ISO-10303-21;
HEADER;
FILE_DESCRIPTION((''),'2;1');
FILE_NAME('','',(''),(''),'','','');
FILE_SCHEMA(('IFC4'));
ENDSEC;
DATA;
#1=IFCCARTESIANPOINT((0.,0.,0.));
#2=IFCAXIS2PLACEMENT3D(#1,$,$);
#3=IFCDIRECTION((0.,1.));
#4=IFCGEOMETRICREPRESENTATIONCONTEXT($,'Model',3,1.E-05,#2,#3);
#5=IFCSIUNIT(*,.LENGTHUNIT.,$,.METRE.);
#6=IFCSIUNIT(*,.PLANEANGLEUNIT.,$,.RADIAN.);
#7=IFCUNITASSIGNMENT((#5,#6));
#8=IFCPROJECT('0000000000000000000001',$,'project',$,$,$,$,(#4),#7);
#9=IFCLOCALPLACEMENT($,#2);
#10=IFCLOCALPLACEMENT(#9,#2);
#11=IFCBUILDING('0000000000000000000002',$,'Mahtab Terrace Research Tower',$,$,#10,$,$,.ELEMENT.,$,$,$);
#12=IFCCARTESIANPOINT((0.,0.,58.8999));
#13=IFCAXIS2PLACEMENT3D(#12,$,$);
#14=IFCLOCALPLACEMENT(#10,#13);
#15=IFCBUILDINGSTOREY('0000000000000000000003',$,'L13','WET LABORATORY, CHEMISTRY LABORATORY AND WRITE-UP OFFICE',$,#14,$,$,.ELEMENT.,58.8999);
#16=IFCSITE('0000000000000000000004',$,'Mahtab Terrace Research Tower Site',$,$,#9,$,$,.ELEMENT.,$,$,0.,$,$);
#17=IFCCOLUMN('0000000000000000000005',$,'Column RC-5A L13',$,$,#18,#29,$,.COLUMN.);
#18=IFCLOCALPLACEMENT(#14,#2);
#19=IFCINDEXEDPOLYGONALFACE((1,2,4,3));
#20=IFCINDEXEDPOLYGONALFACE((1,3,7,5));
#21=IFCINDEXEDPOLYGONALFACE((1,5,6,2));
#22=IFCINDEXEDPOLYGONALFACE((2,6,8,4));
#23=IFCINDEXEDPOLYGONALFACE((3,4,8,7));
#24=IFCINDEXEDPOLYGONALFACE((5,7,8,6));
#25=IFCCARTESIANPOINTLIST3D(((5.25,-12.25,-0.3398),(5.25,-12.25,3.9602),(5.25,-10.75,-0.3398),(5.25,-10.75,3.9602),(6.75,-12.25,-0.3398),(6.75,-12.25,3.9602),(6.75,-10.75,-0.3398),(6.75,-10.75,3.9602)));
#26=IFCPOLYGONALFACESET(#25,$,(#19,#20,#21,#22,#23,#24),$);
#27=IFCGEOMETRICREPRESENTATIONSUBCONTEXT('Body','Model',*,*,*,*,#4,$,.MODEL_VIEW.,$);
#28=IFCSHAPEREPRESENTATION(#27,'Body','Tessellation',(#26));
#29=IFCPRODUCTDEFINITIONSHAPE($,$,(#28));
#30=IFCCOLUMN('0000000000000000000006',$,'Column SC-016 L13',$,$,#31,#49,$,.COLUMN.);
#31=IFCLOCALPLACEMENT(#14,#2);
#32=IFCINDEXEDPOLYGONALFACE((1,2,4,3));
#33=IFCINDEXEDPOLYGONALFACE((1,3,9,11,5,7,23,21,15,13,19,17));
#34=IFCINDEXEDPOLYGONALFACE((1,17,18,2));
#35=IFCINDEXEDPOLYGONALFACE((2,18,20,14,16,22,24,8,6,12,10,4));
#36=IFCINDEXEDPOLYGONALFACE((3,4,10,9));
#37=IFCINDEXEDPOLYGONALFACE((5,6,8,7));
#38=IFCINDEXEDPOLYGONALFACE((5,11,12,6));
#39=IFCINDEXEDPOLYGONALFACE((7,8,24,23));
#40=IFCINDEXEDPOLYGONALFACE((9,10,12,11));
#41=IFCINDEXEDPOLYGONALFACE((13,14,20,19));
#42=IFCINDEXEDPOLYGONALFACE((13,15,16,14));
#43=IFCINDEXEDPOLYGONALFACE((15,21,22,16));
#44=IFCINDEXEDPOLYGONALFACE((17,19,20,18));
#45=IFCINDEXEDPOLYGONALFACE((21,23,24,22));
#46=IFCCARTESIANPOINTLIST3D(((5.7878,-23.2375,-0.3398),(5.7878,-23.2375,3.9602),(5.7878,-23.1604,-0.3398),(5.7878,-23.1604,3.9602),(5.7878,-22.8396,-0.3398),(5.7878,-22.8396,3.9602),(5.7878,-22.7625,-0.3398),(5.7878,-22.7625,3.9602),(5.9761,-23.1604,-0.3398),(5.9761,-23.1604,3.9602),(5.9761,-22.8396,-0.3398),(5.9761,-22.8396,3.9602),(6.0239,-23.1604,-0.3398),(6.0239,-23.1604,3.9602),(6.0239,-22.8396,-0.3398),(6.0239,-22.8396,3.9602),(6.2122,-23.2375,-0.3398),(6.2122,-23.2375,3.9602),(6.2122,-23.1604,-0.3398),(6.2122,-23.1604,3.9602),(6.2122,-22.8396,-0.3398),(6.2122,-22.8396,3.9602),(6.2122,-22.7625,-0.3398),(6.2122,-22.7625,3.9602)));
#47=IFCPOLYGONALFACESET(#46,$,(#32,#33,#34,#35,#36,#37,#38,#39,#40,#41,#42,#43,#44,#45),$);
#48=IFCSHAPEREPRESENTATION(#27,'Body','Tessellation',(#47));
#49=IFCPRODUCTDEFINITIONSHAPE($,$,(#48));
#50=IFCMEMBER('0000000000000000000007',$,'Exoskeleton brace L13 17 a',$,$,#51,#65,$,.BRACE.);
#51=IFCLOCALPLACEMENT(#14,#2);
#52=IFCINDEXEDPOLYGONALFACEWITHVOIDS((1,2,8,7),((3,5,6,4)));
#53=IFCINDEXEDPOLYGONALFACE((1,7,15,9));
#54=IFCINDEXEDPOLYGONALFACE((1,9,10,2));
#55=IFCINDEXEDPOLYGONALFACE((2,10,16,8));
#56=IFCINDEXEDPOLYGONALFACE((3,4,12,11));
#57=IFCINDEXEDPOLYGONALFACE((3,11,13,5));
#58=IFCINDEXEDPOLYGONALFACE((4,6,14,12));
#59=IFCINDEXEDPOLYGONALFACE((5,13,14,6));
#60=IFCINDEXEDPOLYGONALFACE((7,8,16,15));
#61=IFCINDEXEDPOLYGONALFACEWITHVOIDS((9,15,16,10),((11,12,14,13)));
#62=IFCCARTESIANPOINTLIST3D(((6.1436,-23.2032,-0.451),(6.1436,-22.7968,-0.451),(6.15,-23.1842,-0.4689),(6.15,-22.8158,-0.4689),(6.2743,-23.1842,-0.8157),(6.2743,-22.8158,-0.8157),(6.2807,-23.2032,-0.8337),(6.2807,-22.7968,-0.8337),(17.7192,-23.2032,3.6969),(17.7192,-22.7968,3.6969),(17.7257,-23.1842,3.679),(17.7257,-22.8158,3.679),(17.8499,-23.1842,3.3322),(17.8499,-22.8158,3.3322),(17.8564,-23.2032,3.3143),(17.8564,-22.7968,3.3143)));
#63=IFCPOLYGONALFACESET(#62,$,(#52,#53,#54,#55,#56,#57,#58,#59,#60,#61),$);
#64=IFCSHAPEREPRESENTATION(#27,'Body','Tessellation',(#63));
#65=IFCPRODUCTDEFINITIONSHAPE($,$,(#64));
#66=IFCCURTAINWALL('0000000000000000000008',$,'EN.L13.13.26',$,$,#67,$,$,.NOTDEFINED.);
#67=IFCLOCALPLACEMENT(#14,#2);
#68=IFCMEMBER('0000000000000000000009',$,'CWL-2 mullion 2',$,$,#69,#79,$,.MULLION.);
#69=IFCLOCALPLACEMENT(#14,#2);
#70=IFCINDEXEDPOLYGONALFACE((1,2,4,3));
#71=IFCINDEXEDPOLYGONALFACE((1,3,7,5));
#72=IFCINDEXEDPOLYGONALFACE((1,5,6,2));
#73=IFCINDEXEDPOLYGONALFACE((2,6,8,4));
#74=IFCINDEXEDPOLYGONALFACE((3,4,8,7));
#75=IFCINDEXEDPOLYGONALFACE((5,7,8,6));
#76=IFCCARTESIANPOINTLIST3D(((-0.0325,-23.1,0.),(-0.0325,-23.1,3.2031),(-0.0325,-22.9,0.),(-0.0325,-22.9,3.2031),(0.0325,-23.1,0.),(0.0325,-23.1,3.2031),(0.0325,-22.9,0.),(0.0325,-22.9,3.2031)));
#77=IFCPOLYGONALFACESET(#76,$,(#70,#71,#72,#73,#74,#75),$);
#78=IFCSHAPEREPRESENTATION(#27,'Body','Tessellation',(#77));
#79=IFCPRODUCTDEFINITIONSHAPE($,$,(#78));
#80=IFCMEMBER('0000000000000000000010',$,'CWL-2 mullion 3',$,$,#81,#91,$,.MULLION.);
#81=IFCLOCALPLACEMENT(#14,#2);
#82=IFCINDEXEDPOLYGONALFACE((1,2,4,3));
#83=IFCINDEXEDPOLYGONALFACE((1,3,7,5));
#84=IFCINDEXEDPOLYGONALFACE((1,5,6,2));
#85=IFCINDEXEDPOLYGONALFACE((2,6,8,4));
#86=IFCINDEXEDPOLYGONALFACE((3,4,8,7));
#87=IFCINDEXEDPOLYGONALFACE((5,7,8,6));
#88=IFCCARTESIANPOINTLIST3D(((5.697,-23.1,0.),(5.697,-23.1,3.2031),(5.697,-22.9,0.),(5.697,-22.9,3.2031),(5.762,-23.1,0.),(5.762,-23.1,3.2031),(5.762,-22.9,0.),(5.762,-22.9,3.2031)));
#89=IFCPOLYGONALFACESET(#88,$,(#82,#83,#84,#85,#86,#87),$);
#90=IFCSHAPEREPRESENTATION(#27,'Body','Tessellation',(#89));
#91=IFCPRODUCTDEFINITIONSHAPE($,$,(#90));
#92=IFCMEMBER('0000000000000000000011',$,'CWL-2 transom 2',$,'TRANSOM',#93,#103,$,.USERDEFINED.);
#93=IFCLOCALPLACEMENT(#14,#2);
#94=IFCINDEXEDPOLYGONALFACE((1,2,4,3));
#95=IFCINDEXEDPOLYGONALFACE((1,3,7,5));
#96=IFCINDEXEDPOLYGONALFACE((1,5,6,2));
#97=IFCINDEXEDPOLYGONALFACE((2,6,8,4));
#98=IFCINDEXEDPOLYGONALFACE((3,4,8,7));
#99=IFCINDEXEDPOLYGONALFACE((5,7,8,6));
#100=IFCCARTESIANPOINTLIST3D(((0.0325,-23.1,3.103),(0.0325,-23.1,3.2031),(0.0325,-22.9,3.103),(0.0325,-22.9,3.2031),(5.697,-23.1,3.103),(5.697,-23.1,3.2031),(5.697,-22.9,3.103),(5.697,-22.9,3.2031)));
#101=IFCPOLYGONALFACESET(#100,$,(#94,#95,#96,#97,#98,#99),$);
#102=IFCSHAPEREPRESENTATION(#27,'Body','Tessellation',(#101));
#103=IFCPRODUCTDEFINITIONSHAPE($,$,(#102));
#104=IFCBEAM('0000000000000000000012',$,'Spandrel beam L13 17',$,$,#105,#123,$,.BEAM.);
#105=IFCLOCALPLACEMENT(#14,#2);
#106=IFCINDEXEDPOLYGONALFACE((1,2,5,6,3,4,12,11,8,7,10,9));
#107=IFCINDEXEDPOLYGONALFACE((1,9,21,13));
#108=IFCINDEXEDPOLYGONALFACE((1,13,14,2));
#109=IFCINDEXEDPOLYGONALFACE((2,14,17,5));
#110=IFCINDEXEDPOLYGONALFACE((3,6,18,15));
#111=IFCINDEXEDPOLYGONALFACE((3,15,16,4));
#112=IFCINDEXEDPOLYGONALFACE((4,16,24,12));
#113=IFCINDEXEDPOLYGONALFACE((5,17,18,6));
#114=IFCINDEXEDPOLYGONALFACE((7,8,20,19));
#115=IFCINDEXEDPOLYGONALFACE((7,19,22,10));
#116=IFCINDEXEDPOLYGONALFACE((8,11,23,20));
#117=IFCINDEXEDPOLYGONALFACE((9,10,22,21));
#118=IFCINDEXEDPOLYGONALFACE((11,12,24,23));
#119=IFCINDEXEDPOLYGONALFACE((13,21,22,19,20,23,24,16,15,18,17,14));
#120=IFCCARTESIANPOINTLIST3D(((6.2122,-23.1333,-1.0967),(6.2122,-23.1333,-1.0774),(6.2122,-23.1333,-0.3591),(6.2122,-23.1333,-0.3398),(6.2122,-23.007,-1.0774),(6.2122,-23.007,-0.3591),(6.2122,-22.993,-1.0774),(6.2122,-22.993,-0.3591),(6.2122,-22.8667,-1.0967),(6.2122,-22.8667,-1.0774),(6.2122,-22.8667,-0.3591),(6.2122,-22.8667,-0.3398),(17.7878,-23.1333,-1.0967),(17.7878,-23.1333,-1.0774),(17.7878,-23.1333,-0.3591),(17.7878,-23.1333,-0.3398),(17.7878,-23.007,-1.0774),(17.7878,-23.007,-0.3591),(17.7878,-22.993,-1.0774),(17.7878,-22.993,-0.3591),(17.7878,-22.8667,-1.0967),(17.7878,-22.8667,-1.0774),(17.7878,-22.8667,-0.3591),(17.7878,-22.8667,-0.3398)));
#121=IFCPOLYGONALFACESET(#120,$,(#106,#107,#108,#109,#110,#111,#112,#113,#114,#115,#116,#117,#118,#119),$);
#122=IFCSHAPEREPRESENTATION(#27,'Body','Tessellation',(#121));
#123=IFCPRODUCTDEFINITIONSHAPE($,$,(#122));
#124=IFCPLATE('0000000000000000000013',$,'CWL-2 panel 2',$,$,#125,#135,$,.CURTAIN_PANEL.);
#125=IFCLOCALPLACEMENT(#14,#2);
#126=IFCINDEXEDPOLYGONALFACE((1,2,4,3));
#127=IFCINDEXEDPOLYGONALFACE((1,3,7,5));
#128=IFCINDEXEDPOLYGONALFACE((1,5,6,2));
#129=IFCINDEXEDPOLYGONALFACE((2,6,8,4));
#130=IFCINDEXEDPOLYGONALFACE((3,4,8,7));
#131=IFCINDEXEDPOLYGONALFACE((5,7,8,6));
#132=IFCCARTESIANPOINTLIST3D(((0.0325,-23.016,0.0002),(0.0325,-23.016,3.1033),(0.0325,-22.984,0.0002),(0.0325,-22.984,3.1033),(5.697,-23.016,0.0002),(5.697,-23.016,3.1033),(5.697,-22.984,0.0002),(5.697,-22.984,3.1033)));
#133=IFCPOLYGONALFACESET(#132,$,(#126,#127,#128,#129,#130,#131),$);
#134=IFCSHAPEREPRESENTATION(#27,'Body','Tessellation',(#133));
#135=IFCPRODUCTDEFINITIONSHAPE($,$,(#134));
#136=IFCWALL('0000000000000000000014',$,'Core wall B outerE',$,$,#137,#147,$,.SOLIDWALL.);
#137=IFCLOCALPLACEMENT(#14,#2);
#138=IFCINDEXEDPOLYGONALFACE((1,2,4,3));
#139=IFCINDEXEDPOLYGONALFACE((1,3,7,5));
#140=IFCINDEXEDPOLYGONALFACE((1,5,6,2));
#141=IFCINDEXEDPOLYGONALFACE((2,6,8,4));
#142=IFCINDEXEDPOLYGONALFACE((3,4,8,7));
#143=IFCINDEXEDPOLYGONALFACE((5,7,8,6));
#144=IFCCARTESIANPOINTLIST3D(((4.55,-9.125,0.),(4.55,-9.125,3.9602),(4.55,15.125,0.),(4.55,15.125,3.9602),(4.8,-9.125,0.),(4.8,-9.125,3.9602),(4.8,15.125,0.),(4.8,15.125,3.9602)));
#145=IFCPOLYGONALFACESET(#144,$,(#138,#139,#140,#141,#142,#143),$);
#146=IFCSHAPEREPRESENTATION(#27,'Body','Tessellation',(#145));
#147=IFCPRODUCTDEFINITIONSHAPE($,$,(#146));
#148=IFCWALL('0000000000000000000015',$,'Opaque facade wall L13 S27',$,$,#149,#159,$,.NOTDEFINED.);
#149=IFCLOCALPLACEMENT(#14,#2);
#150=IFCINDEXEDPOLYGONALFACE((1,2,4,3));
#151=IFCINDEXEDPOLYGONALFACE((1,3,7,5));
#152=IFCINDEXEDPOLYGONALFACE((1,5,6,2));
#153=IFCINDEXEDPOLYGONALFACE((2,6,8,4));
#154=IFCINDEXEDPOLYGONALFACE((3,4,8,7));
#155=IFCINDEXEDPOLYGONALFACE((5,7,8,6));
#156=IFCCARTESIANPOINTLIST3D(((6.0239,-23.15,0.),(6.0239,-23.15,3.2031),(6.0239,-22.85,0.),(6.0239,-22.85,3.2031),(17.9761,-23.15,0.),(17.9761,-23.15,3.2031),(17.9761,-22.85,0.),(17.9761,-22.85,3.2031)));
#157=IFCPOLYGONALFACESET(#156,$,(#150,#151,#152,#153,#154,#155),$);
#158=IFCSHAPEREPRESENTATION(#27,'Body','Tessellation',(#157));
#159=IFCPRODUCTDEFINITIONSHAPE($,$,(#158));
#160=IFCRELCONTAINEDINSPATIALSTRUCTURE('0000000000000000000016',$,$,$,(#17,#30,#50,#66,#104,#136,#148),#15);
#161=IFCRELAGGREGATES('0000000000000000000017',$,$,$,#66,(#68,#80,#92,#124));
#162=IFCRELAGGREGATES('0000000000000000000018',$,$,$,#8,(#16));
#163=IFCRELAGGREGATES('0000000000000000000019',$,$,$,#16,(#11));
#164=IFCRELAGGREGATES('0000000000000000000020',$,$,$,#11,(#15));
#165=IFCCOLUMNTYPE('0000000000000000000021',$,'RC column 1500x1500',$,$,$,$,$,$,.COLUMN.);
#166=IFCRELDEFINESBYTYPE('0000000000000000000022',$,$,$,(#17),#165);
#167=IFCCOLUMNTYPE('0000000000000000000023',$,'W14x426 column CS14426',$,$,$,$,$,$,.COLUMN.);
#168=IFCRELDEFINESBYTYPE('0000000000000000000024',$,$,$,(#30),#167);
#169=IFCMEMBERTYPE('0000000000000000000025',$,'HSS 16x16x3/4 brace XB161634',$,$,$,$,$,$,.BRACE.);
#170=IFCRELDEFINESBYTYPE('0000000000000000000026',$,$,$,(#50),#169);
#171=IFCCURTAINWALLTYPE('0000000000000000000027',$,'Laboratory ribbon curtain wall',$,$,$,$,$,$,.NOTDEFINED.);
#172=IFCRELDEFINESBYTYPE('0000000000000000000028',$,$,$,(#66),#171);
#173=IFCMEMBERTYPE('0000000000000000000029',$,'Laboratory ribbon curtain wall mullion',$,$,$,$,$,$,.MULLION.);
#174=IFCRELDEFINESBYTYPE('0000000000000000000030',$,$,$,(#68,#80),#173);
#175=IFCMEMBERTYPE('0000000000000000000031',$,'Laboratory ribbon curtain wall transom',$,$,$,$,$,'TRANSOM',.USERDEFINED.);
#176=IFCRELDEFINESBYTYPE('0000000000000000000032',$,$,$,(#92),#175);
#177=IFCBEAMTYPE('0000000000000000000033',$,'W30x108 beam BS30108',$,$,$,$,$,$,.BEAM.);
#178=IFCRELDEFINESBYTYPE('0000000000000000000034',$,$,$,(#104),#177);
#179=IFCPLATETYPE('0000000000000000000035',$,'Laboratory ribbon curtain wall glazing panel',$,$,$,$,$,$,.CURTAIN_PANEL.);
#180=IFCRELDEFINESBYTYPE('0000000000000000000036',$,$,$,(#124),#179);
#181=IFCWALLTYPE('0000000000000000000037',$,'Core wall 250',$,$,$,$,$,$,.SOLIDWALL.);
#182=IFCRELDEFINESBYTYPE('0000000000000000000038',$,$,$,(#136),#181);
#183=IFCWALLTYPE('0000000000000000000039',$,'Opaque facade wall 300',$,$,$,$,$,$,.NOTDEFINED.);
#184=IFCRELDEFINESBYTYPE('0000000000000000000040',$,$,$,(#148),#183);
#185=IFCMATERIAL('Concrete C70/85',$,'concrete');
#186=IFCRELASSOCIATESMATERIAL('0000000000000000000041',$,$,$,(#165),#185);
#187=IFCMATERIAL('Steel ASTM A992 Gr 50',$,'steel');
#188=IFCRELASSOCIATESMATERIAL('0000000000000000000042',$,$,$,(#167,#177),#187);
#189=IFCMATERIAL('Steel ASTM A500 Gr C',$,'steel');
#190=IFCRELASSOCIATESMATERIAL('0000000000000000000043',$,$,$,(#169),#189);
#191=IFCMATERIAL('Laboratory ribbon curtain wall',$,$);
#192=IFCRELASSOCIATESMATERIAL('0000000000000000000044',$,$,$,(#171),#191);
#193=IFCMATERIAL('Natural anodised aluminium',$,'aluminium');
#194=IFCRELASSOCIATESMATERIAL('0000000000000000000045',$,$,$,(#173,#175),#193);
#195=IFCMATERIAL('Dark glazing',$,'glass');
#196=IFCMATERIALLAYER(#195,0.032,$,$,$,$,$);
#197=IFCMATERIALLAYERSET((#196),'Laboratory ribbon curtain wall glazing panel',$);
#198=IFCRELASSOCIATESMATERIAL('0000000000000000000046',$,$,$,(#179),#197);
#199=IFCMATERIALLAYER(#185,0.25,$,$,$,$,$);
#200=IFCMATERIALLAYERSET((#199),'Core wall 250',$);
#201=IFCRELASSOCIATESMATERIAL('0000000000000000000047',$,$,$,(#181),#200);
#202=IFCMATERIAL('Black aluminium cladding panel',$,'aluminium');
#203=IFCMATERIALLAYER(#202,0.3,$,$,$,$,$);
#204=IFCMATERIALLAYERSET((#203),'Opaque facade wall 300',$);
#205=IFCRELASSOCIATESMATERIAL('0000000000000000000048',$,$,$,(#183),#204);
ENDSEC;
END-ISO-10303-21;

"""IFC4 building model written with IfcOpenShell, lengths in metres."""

from ifc_helpers import new_model, si_unit, direction, frame, frame_2d, origin, origin_2d, place, context, subcontext, project, spatial, rectangle, hollow_rectangle, i_section, extrude, material, layer, layer_set, material_profile, profile_set, type_object, element, aggregate, save


model = new_model("IFC4")

# Units and contexts
model_context = context("Model", 3, precision=1e-05, world=origin(), true_north=direction((0.0, 1.0)))
body_context = subcontext(model_context, "Body", "Model", "MODEL_VIEW")
ifc_project = project(units=[si_unit("LENGTHUNIT", "METRE"), si_unit("PLANEANGLEUNIT", "RADIAN")], contexts=[model_context])

# Site, building, storey
site_placement = place(None, origin())
site = spatial("IfcSite", under=ifc_project, at=site_placement, Name="Mahtab Terrace Research Tower Site", CompositionType="ELEMENT", RefElevation=0.0)
building_placement = place(site_placement, origin())
building = spatial("IfcBuilding", under=site, at=building_placement, Name="Mahtab Terrace Research Tower", CompositionType="ELEMENT")
storey_placement = place(building_placement, frame((0.0, 0.0, 58.8999)))
storey = spatial("IfcBuildingStorey", under=building, at=storey_placement, Name="L13", Description="WET LABORATORY, CHEMISTRY LABORATORY AND WRITE-UP OFFICE", CompositionType="ELEMENT", Elevation=58.8999)

# Columns
ifc_material_1 = material(Name="Concrete C70/85", Category="concrete")
ifc_material_profile_1 = material_profile(ifc_material_1, rectangle(XDim=1.5, YDim=1.5, at=origin_2d()), Name="RC column 1500x1500")
ifc_profile_set_1 = profile_set([ifc_material_profile_1], Name="Concrete C70/85")
column_type_1 = type_object("IfcColumnType", Name="RC column 1500x1500", PredefinedType="COLUMN", material=ifc_profile_set_1)
column_1_placement = place(storey_placement, frame((6.0, -11.5, -0.3398), z_axis=(0.0, 0.0, 1.0), x_axis=(1.0, 0.0, 0.0)))
element("IfcColumn", 1, at=column_1_placement, inside=storey, type_object=column_type_1, Name="Column RC-5A L13", PredefinedType="COLUMN", context=body_context, shape_type="SweptSolid", body=[
    extrude(rectangle(XDim=1.5, YDim=1.5, at=origin_2d()), origin(), (0.0, 0.0, 1.0), 4.3),
])
ifc_material_2 = material(Name="Steel ASTM A992 Gr 50", Category="steel")
ifc_material_profile_2 = material_profile(ifc_material_2, i_section(OverallWidth=0.4243, OverallDepth=0.4751, WebThickness=0.0479, FlangeThickness=0.0771, at=origin_2d()), Name="W14X426")
ifc_profile_set_2 = profile_set([ifc_material_profile_2], Name="Steel ASTM A992 Gr 50")
column_type_2 = type_object("IfcColumnType", Name="W14x426 column CS14426", PredefinedType="COLUMN", material=ifc_profile_set_2)
column_2_placement = place(storey_placement, frame((6.0, -23.0, -0.3398), z_axis=(0.0, 0.0, 1.0), x_axis=(1.0, 0.0, 0.0)))
element("IfcColumn", 2, at=column_2_placement, inside=storey, type_object=column_type_2, Name="Column SC-016 L13", PredefinedType="COLUMN", context=body_context, shape_type="SweptSolid", body=[
    extrude(i_section(OverallWidth=0.4243, OverallDepth=0.4751, WebThickness=0.0479, FlangeThickness=0.0771, at=origin_2d()), origin(), (0.0, 0.0, 1.0), 4.3),
])

# Member
ifc_material_3 = material(Name="Steel ASTM A500 Gr C", Category="steel")
ifc_material_profile_3 = material_profile(ifc_material_3, hollow_rectangle(XDim=0.4065, YDim=0.4065, WallThickness=0.019, at=origin_2d()), Name="HSS16X16X3/4")
ifc_profile_set_3 = profile_set([ifc_material_profile_3], Name="Steel ASTM A500 Gr C")
member_type_1 = type_object("IfcMemberType", Name="HSS 16x16x3/4 brace XB161634", PredefinedType="BRACE", material=ifc_profile_set_3)
member_1_placement = place(storey_placement, frame((6.2122, -23.0, -0.6423), z_axis=(0.941387, 0.0, 0.33733), x_axis=(0.0, 1.0, 0.0)))
element("IfcMember", 3, at=member_1_placement, inside=storey, type_object=member_type_1, Name="Exoskeleton brace L13 17 a", PredefinedType="BRACE", context=body_context, shape_type="SweptSolid", body=[
    extrude(hollow_rectangle(XDim=0.4065, YDim=0.4065, WallThickness=0.019, at=origin_2d()), origin(), (0.0, 0.0, 1.0), 12.2964),
])

# Curtain wall, members
ifc_material_4 = material(Name="Laboratory ribbon curtain wall")
curtain_wall_type = type_object("IfcCurtainWallType", Name="Laboratory ribbon curtain wall", PredefinedType="NOTDEFINED", material=ifc_material_4)
curtain_wall_placement = place(storey_placement, origin())
curtain_wall = element("IfcCurtainWall", 4, at=curtain_wall_placement, inside=storey, type_object=curtain_wall_type, Name="EN.L13.13.26", PredefinedType="NOTDEFINED")
ifc_material_5 = material(Name="Natural anodised aluminium", Category="aluminium")
ifc_material_profile_4 = material_profile(ifc_material_5, rectangle(XDim=0.2, YDim=0.0649, at=origin_2d()), Name="MULLION 65x200")
ifc_profile_set_4 = profile_set([ifc_material_profile_4], Name="Natural anodised aluminium")
member_type_2 = type_object("IfcMemberType", Name="Laboratory ribbon curtain wall mullion", PredefinedType="MULLION", material=ifc_profile_set_4)
member_2_placement = place(storey_placement, frame((0.0, -23.0, 0.0), z_axis=(0.0, 0.0, 1.0), x_axis=(0.0, 1.0, 0.0)))
member_2 = element("IfcMember", 5, at=member_2_placement, type_object=member_type_2, Name="CWL-2 mullion 2", PredefinedType="MULLION", context=body_context, shape_type="SweptSolid", body=[
    extrude(rectangle(XDim=0.2, YDim=0.0649, at=origin_2d()), origin(), (0.0, 0.0, 1.0), 3.2031),
])
member_3_placement = place(storey_placement, frame((5.7295, -23.0, 0.0), z_axis=(0.0, 0.0, 1.0), x_axis=(0.0, 1.0, 0.0)))
member_3 = element("IfcMember", 6, at=member_3_placement, type_object=member_type_2, Name="CWL-2 mullion 3", PredefinedType="MULLION", context=body_context, shape_type="SweptSolid", body=[
    extrude(rectangle(XDim=0.2, YDim=0.0649, at=origin_2d()), origin(), (0.0, 0.0, 1.0), 3.2031),
])
ifc_material_profile_5 = material_profile(ifc_material_5, rectangle(XDim=0.2, YDim=0.1001, at=origin_2d()), Name="TRANSOM 100x200")
ifc_profile_set_5 = profile_set([ifc_material_profile_5], Name="Natural anodised aluminium")
member_type_3 = type_object("IfcMemberType", Name="Laboratory ribbon curtain wall transom", ElementType="TRANSOM", PredefinedType="USERDEFINED", material=ifc_profile_set_5)
member_4_placement = place(storey_placement, frame((0.0325, -23.0, 3.1531), z_axis=(1.0, 0.0, 0.0), x_axis=(0.0, 1.0, 0.0)))
member_4 = element("IfcMember", 7, at=member_4_placement, type_object=member_type_3, Name="CWL-2 transom 2", ObjectType="TRANSOM", PredefinedType="USERDEFINED", context=body_context, shape_type="SweptSolid", body=[
    extrude(rectangle(XDim=0.2, YDim=0.1001, at=origin_2d()), origin(), (0.0, 0.0, 1.0), 5.6646),
])

# Beam
ifc_material_profile_6 = material_profile(ifc_material_2, i_section(OverallWidth=0.2666, OverallDepth=0.7568, WebThickness=0.0139, FlangeThickness=0.0193, at=origin_2d()), Name="W30X108")
ifc_profile_set_6 = profile_set([ifc_material_profile_6], Name="Steel ASTM A992 Gr 50")
beam_type = type_object("IfcBeamType", Name="W30x108 beam BS30108", PredefinedType="BEAM", material=ifc_profile_set_6)
beam_placement = place(storey_placement, frame((6.2122, -23.0, -0.7183), z_axis=(1.0, 0.0, 0.0), x_axis=(0.0, 1.0, 0.0)))
element("IfcBeam", 8, at=beam_placement, inside=storey, type_object=beam_type, Name="Spandrel beam L13 17", PredefinedType="BEAM", context=body_context, shape_type="SweptSolid", body=[
    extrude(i_section(OverallWidth=0.2666, OverallDepth=0.7568, WebThickness=0.0139, FlangeThickness=0.0193, at=origin_2d()), origin(), (0.0, 0.0, 1.0), 11.5757),
])

# Plate
ifc_material_6 = material(Name="Dark glazing", Category="glass")
ifc_layer_1 = layer(ifc_material_6, 0.032)
ifc_layer_set_1 = layer_set([ifc_layer_1], Name="Laboratory ribbon curtain wall glazing panel")
plate_type = type_object("IfcPlateType", Name="Laboratory ribbon curtain wall glazing panel", PredefinedType="CURTAIN_PANEL", material=ifc_layer_set_1)
plate_placement = place(storey_placement, frame((2.8647, -23.0, 0.0002), z_axis=(0.0, 0.0, 1.0), x_axis=(1.0, 0.0, 0.0)))
plate = element("IfcPlate", 9, at=plate_placement, type_object=plate_type, Name="CWL-2 panel 2", PredefinedType="CURTAIN_PANEL", context=body_context, shape_type="SweptSolid", body=[
    extrude(rectangle(XDim=5.6646, YDim=0.032, at=origin_2d()), origin(), (0.0, 0.0, 1.0), 3.103),
])
aggregate(curtain_wall, [member_2, member_3, member_4, plate])

# Walls
ifc_layer_2 = layer(ifc_material_1, 0.25)
ifc_layer_set_2 = layer_set([ifc_layer_2], Name="Core wall 250")
wall_type_1 = type_object("IfcWallType", Name="Core wall 250", PredefinedType="SOLIDWALL", material=ifc_layer_set_2)
wall_1_placement = place(storey_placement, frame((4.675, -9.125, 0.0), z_axis=(0.0, 0.0, 1.0), x_axis=(0.0, 1.0, 0.0)))
element("IfcWall", 10, at=wall_1_placement, inside=storey, type_object=wall_type_1, Name="Core wall B outerE", PredefinedType="SOLIDWALL", context=body_context, shape_type="SweptSolid", body=[
    extrude(rectangle(XDim=24.25, YDim=0.25, at=frame_2d((12.125, 0.0))), origin(), (0.0, 0.0, 1.0), 3.9602),
])
ifc_material_7 = material(Name="Black aluminium cladding panel", Category="aluminium")
ifc_layer_3 = layer(ifc_material_7, 0.3)
ifc_layer_set_3 = layer_set([ifc_layer_3], Name="Opaque facade wall 300")
wall_type_2 = type_object("IfcWallType", Name="Opaque facade wall 300", PredefinedType="NOTDEFINED", material=ifc_layer_set_3)
wall_2_placement = place(storey_placement, frame((6.0239, -23.0, 0.0), z_axis=(0.0, 0.0, 1.0), x_axis=(1.0, 0.0, 0.0)))
element("IfcWall", 11, at=wall_2_placement, inside=storey, type_object=wall_type_2, Name="Opaque facade wall L13 S27", PredefinedType="NOTDEFINED", context=body_context, shape_type="SweptSolid", body=[
    extrude(rectangle(XDim=11.9521, YDim=0.3, at=frame_2d((5.9761, 0.0))), origin(), (0.0, 0.0, 1.0), 3.2031),
])

save(model, "model.ifc")
